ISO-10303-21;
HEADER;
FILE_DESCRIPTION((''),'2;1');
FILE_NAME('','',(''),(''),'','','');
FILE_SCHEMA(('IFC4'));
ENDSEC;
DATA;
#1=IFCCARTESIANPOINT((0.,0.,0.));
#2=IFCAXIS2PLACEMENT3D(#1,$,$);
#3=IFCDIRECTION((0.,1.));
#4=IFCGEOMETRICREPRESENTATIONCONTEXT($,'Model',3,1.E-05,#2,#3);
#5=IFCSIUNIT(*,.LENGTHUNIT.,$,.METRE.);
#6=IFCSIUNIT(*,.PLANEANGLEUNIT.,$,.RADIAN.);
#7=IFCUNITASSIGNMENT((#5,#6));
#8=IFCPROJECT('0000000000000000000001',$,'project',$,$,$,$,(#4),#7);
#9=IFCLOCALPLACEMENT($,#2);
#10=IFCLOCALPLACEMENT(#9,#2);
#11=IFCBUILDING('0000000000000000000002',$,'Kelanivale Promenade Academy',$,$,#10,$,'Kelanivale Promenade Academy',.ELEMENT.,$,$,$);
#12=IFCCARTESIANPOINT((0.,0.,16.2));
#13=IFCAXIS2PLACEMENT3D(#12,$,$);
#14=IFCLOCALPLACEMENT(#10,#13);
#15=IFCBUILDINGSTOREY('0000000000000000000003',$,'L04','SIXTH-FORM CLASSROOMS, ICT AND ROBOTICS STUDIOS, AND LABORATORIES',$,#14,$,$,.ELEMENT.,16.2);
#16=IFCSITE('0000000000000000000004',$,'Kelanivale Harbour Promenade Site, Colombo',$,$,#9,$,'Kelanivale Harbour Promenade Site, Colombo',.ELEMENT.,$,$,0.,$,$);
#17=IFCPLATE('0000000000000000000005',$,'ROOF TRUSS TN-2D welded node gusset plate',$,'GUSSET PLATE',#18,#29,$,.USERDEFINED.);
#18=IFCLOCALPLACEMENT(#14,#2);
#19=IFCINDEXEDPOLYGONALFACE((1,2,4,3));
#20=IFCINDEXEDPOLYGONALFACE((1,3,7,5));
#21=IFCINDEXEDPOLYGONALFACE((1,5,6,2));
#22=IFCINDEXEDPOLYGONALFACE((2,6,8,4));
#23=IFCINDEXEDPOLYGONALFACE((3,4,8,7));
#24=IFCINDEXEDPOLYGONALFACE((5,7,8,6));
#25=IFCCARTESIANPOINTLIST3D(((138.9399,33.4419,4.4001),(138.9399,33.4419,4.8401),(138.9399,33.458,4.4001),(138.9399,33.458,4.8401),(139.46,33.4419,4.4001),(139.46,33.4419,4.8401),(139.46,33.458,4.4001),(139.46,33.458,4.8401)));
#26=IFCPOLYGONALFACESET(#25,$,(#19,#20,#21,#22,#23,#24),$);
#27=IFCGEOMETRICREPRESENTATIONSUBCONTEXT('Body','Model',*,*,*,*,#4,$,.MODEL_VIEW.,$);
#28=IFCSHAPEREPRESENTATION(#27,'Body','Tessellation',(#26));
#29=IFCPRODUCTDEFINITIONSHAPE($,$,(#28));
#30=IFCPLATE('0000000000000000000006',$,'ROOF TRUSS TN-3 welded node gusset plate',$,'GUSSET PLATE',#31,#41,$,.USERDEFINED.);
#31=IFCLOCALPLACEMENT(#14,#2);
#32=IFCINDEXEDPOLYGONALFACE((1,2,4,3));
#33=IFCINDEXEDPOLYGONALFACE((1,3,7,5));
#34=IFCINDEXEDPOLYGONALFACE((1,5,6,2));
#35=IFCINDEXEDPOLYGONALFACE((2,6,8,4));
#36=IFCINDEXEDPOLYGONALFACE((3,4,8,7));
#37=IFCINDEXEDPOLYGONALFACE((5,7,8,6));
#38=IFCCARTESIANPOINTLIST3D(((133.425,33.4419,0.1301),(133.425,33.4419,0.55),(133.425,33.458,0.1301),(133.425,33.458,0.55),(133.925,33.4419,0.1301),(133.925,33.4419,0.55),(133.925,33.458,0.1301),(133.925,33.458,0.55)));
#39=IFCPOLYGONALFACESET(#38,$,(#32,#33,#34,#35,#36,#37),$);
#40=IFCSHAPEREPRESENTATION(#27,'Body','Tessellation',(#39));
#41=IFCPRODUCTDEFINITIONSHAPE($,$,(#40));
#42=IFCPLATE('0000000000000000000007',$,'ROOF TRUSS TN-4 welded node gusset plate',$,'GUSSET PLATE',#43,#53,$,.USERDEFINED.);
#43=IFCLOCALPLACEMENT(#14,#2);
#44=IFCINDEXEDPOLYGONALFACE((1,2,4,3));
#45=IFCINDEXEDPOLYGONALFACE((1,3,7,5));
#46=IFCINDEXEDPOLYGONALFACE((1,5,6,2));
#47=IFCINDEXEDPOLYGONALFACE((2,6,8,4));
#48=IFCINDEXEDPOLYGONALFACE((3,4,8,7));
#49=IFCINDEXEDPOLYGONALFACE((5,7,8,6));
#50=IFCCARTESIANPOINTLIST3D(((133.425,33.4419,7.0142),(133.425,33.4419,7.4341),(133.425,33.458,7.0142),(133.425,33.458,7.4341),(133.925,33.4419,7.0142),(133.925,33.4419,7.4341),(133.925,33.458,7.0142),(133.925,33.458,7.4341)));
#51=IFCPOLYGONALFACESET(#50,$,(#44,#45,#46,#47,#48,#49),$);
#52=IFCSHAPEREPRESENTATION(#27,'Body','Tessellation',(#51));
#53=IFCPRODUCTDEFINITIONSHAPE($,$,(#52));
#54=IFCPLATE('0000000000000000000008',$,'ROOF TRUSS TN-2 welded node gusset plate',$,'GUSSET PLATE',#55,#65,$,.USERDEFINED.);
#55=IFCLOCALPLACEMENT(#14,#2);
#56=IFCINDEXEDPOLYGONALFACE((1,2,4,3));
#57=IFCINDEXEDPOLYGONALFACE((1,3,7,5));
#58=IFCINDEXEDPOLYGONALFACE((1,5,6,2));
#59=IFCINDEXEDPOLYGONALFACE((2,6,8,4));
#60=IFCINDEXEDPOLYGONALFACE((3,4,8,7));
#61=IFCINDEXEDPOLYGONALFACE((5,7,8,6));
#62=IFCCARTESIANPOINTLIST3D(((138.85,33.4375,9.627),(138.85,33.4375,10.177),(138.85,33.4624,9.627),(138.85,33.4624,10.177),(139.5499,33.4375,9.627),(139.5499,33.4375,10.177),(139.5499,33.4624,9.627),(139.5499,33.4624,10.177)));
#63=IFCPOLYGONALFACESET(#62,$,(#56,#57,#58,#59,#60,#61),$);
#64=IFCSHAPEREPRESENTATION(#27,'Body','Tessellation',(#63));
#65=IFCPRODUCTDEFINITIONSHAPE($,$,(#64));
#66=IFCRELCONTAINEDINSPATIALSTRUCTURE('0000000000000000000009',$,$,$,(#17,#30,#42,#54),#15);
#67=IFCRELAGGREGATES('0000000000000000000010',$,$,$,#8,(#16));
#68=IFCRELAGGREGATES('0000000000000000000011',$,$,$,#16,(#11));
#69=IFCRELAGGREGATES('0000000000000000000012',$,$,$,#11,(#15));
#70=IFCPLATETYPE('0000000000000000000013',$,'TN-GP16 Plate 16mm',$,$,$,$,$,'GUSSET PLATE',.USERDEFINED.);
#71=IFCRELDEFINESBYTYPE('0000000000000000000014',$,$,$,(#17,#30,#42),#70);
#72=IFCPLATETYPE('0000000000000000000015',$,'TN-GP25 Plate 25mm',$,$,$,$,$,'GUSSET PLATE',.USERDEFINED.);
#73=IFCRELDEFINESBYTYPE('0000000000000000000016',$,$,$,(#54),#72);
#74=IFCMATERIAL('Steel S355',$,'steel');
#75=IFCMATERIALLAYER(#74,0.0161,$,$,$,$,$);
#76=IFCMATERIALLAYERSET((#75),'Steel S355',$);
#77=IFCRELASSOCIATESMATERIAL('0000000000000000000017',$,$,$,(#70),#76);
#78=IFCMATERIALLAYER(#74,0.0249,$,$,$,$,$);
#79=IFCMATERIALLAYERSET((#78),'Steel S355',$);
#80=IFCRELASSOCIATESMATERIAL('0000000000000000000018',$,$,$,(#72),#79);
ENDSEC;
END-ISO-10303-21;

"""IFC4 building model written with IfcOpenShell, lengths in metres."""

from ifc_helpers import new_model, si_unit, direction, frame, origin, origin_2d, place, context, subcontext, project, spatial, rectangle, extrude, material, layer, layer_set, type_object, element, save


model = new_model("IFC4")

# Units and contexts
model_context = context("Model", 3, precision=1e-05, world=origin(), true_north=direction((0.0, 1.0)))
body_context = subcontext(model_context, "Body", "Model", "MODEL_VIEW")
ifc_project = project(units=[si_unit("LENGTHUNIT", "METRE"), si_unit("PLANEANGLEUNIT", "RADIAN")], contexts=[model_context])

# Site, building, storey
site_placement = place(None, origin())
site = spatial("IfcSite", under=ifc_project, at=site_placement, Name="Kelanivale Harbour Promenade Site, Colombo", LongName="Kelanivale Harbour Promenade Site, Colombo", CompositionType="ELEMENT", RefElevation=0.0)
building_placement = place(site_placement, origin())
building = spatial("IfcBuilding", under=site, at=building_placement, Name="Kelanivale Promenade Academy", LongName="Kelanivale Promenade Academy", CompositionType="ELEMENT")
storey_placement = place(building_placement, frame((0.0, 0.0, 16.2)))
storey = spatial("IfcBuildingStorey", under=building, at=storey_placement, Name="L04", Description="SIXTH-FORM CLASSROOMS, ICT AND ROBOTICS STUDIOS, AND LABORATORIES", CompositionType="ELEMENT", Elevation=16.2)

# Shared definitions
ifc_material_1 = material(Name="Steel S355", Category="steel")

# Plates
ifc_layer_1 = layer(ifc_material_1, 0.0161)
ifc_layer_set_1 = layer_set([ifc_layer_1], Name="Steel S355")
plate_type_1 = type_object("IfcPlateType", Name="TN-GP16 Plate 16mm", ElementType="GUSSET PLATE", PredefinedType="USERDEFINED", material=ifc_layer_set_1)
plate_1_placement = place(storey_placement, frame((139.2, 33.45, 4.4001), z_axis=(0.0, 0.0, 1.0), x_axis=(1.0, 0.0, 0.0)))
element("IfcPlate", 1, at=plate_1_placement, inside=storey, type_object=plate_type_1, Name="ROOF TRUSS TN-2D welded node gusset plate", ObjectType="GUSSET PLATE", PredefinedType="USERDEFINED", context=body_context, shape_type="SweptSolid", body=[
    extrude(rectangle(XDim=0.52, YDim=0.0161, at=origin_2d()), origin(), (0.0, 0.0, 1.0), 0.4399),
])
for number, where, z_axis, x_axis, name in (
    (2, (133.675, 33.45, 0.1301), (0.0, 0.0, 1.0), (1.0, 0.0, 0.0), "ROOF TRUSS TN-3 welded node gusset plate"),
    (3, (133.675, 33.45, 7.0142), (0.0, 0.0, 1.0), (1.0, 0.0, 0.0), "ROOF TRUSS TN-4 welded node gusset plate"),
):
    element("IfcPlate", number, at=place(storey_placement, frame(where, z_axis=z_axis, x_axis=x_axis)), inside=storey, type_object=plate_type_1, Name=name, ObjectType="GUSSET PLATE", PredefinedType="USERDEFINED", context=body_context, shape_type="SweptSolid", body=[
        extrude(rectangle(XDim=0.5, YDim=0.0161, at=origin_2d()), origin(), (0.0, 0.0, 1.0), 0.4199),
    ])
ifc_layer_2 = layer(ifc_material_1, 0.0249)
ifc_layer_set_2 = layer_set([ifc_layer_2], Name="Steel S355")
plate_type_2 = type_object("IfcPlateType", Name="TN-GP25 Plate 25mm", ElementType="GUSSET PLATE", PredefinedType="USERDEFINED", material=ifc_layer_set_2)
plate_2_placement = place(storey_placement, frame((139.2, 33.45, 9.627), z_axis=(0.0, 0.0, 1.0), x_axis=(1.0, 0.0, 0.0)))
element("IfcPlate", 4, at=plate_2_placement, inside=storey, type_object=plate_type_2, Name="ROOF TRUSS TN-2 welded node gusset plate", ObjectType="GUSSET PLATE", PredefinedType="USERDEFINED", context=body_context, shape_type="SweptSolid", body=[
    extrude(rectangle(XDim=0.7, YDim=0.0249, at=origin_2d()), origin(), (0.0, 0.0, 1.0), 0.55),
])

save(model, "model.ifc")
